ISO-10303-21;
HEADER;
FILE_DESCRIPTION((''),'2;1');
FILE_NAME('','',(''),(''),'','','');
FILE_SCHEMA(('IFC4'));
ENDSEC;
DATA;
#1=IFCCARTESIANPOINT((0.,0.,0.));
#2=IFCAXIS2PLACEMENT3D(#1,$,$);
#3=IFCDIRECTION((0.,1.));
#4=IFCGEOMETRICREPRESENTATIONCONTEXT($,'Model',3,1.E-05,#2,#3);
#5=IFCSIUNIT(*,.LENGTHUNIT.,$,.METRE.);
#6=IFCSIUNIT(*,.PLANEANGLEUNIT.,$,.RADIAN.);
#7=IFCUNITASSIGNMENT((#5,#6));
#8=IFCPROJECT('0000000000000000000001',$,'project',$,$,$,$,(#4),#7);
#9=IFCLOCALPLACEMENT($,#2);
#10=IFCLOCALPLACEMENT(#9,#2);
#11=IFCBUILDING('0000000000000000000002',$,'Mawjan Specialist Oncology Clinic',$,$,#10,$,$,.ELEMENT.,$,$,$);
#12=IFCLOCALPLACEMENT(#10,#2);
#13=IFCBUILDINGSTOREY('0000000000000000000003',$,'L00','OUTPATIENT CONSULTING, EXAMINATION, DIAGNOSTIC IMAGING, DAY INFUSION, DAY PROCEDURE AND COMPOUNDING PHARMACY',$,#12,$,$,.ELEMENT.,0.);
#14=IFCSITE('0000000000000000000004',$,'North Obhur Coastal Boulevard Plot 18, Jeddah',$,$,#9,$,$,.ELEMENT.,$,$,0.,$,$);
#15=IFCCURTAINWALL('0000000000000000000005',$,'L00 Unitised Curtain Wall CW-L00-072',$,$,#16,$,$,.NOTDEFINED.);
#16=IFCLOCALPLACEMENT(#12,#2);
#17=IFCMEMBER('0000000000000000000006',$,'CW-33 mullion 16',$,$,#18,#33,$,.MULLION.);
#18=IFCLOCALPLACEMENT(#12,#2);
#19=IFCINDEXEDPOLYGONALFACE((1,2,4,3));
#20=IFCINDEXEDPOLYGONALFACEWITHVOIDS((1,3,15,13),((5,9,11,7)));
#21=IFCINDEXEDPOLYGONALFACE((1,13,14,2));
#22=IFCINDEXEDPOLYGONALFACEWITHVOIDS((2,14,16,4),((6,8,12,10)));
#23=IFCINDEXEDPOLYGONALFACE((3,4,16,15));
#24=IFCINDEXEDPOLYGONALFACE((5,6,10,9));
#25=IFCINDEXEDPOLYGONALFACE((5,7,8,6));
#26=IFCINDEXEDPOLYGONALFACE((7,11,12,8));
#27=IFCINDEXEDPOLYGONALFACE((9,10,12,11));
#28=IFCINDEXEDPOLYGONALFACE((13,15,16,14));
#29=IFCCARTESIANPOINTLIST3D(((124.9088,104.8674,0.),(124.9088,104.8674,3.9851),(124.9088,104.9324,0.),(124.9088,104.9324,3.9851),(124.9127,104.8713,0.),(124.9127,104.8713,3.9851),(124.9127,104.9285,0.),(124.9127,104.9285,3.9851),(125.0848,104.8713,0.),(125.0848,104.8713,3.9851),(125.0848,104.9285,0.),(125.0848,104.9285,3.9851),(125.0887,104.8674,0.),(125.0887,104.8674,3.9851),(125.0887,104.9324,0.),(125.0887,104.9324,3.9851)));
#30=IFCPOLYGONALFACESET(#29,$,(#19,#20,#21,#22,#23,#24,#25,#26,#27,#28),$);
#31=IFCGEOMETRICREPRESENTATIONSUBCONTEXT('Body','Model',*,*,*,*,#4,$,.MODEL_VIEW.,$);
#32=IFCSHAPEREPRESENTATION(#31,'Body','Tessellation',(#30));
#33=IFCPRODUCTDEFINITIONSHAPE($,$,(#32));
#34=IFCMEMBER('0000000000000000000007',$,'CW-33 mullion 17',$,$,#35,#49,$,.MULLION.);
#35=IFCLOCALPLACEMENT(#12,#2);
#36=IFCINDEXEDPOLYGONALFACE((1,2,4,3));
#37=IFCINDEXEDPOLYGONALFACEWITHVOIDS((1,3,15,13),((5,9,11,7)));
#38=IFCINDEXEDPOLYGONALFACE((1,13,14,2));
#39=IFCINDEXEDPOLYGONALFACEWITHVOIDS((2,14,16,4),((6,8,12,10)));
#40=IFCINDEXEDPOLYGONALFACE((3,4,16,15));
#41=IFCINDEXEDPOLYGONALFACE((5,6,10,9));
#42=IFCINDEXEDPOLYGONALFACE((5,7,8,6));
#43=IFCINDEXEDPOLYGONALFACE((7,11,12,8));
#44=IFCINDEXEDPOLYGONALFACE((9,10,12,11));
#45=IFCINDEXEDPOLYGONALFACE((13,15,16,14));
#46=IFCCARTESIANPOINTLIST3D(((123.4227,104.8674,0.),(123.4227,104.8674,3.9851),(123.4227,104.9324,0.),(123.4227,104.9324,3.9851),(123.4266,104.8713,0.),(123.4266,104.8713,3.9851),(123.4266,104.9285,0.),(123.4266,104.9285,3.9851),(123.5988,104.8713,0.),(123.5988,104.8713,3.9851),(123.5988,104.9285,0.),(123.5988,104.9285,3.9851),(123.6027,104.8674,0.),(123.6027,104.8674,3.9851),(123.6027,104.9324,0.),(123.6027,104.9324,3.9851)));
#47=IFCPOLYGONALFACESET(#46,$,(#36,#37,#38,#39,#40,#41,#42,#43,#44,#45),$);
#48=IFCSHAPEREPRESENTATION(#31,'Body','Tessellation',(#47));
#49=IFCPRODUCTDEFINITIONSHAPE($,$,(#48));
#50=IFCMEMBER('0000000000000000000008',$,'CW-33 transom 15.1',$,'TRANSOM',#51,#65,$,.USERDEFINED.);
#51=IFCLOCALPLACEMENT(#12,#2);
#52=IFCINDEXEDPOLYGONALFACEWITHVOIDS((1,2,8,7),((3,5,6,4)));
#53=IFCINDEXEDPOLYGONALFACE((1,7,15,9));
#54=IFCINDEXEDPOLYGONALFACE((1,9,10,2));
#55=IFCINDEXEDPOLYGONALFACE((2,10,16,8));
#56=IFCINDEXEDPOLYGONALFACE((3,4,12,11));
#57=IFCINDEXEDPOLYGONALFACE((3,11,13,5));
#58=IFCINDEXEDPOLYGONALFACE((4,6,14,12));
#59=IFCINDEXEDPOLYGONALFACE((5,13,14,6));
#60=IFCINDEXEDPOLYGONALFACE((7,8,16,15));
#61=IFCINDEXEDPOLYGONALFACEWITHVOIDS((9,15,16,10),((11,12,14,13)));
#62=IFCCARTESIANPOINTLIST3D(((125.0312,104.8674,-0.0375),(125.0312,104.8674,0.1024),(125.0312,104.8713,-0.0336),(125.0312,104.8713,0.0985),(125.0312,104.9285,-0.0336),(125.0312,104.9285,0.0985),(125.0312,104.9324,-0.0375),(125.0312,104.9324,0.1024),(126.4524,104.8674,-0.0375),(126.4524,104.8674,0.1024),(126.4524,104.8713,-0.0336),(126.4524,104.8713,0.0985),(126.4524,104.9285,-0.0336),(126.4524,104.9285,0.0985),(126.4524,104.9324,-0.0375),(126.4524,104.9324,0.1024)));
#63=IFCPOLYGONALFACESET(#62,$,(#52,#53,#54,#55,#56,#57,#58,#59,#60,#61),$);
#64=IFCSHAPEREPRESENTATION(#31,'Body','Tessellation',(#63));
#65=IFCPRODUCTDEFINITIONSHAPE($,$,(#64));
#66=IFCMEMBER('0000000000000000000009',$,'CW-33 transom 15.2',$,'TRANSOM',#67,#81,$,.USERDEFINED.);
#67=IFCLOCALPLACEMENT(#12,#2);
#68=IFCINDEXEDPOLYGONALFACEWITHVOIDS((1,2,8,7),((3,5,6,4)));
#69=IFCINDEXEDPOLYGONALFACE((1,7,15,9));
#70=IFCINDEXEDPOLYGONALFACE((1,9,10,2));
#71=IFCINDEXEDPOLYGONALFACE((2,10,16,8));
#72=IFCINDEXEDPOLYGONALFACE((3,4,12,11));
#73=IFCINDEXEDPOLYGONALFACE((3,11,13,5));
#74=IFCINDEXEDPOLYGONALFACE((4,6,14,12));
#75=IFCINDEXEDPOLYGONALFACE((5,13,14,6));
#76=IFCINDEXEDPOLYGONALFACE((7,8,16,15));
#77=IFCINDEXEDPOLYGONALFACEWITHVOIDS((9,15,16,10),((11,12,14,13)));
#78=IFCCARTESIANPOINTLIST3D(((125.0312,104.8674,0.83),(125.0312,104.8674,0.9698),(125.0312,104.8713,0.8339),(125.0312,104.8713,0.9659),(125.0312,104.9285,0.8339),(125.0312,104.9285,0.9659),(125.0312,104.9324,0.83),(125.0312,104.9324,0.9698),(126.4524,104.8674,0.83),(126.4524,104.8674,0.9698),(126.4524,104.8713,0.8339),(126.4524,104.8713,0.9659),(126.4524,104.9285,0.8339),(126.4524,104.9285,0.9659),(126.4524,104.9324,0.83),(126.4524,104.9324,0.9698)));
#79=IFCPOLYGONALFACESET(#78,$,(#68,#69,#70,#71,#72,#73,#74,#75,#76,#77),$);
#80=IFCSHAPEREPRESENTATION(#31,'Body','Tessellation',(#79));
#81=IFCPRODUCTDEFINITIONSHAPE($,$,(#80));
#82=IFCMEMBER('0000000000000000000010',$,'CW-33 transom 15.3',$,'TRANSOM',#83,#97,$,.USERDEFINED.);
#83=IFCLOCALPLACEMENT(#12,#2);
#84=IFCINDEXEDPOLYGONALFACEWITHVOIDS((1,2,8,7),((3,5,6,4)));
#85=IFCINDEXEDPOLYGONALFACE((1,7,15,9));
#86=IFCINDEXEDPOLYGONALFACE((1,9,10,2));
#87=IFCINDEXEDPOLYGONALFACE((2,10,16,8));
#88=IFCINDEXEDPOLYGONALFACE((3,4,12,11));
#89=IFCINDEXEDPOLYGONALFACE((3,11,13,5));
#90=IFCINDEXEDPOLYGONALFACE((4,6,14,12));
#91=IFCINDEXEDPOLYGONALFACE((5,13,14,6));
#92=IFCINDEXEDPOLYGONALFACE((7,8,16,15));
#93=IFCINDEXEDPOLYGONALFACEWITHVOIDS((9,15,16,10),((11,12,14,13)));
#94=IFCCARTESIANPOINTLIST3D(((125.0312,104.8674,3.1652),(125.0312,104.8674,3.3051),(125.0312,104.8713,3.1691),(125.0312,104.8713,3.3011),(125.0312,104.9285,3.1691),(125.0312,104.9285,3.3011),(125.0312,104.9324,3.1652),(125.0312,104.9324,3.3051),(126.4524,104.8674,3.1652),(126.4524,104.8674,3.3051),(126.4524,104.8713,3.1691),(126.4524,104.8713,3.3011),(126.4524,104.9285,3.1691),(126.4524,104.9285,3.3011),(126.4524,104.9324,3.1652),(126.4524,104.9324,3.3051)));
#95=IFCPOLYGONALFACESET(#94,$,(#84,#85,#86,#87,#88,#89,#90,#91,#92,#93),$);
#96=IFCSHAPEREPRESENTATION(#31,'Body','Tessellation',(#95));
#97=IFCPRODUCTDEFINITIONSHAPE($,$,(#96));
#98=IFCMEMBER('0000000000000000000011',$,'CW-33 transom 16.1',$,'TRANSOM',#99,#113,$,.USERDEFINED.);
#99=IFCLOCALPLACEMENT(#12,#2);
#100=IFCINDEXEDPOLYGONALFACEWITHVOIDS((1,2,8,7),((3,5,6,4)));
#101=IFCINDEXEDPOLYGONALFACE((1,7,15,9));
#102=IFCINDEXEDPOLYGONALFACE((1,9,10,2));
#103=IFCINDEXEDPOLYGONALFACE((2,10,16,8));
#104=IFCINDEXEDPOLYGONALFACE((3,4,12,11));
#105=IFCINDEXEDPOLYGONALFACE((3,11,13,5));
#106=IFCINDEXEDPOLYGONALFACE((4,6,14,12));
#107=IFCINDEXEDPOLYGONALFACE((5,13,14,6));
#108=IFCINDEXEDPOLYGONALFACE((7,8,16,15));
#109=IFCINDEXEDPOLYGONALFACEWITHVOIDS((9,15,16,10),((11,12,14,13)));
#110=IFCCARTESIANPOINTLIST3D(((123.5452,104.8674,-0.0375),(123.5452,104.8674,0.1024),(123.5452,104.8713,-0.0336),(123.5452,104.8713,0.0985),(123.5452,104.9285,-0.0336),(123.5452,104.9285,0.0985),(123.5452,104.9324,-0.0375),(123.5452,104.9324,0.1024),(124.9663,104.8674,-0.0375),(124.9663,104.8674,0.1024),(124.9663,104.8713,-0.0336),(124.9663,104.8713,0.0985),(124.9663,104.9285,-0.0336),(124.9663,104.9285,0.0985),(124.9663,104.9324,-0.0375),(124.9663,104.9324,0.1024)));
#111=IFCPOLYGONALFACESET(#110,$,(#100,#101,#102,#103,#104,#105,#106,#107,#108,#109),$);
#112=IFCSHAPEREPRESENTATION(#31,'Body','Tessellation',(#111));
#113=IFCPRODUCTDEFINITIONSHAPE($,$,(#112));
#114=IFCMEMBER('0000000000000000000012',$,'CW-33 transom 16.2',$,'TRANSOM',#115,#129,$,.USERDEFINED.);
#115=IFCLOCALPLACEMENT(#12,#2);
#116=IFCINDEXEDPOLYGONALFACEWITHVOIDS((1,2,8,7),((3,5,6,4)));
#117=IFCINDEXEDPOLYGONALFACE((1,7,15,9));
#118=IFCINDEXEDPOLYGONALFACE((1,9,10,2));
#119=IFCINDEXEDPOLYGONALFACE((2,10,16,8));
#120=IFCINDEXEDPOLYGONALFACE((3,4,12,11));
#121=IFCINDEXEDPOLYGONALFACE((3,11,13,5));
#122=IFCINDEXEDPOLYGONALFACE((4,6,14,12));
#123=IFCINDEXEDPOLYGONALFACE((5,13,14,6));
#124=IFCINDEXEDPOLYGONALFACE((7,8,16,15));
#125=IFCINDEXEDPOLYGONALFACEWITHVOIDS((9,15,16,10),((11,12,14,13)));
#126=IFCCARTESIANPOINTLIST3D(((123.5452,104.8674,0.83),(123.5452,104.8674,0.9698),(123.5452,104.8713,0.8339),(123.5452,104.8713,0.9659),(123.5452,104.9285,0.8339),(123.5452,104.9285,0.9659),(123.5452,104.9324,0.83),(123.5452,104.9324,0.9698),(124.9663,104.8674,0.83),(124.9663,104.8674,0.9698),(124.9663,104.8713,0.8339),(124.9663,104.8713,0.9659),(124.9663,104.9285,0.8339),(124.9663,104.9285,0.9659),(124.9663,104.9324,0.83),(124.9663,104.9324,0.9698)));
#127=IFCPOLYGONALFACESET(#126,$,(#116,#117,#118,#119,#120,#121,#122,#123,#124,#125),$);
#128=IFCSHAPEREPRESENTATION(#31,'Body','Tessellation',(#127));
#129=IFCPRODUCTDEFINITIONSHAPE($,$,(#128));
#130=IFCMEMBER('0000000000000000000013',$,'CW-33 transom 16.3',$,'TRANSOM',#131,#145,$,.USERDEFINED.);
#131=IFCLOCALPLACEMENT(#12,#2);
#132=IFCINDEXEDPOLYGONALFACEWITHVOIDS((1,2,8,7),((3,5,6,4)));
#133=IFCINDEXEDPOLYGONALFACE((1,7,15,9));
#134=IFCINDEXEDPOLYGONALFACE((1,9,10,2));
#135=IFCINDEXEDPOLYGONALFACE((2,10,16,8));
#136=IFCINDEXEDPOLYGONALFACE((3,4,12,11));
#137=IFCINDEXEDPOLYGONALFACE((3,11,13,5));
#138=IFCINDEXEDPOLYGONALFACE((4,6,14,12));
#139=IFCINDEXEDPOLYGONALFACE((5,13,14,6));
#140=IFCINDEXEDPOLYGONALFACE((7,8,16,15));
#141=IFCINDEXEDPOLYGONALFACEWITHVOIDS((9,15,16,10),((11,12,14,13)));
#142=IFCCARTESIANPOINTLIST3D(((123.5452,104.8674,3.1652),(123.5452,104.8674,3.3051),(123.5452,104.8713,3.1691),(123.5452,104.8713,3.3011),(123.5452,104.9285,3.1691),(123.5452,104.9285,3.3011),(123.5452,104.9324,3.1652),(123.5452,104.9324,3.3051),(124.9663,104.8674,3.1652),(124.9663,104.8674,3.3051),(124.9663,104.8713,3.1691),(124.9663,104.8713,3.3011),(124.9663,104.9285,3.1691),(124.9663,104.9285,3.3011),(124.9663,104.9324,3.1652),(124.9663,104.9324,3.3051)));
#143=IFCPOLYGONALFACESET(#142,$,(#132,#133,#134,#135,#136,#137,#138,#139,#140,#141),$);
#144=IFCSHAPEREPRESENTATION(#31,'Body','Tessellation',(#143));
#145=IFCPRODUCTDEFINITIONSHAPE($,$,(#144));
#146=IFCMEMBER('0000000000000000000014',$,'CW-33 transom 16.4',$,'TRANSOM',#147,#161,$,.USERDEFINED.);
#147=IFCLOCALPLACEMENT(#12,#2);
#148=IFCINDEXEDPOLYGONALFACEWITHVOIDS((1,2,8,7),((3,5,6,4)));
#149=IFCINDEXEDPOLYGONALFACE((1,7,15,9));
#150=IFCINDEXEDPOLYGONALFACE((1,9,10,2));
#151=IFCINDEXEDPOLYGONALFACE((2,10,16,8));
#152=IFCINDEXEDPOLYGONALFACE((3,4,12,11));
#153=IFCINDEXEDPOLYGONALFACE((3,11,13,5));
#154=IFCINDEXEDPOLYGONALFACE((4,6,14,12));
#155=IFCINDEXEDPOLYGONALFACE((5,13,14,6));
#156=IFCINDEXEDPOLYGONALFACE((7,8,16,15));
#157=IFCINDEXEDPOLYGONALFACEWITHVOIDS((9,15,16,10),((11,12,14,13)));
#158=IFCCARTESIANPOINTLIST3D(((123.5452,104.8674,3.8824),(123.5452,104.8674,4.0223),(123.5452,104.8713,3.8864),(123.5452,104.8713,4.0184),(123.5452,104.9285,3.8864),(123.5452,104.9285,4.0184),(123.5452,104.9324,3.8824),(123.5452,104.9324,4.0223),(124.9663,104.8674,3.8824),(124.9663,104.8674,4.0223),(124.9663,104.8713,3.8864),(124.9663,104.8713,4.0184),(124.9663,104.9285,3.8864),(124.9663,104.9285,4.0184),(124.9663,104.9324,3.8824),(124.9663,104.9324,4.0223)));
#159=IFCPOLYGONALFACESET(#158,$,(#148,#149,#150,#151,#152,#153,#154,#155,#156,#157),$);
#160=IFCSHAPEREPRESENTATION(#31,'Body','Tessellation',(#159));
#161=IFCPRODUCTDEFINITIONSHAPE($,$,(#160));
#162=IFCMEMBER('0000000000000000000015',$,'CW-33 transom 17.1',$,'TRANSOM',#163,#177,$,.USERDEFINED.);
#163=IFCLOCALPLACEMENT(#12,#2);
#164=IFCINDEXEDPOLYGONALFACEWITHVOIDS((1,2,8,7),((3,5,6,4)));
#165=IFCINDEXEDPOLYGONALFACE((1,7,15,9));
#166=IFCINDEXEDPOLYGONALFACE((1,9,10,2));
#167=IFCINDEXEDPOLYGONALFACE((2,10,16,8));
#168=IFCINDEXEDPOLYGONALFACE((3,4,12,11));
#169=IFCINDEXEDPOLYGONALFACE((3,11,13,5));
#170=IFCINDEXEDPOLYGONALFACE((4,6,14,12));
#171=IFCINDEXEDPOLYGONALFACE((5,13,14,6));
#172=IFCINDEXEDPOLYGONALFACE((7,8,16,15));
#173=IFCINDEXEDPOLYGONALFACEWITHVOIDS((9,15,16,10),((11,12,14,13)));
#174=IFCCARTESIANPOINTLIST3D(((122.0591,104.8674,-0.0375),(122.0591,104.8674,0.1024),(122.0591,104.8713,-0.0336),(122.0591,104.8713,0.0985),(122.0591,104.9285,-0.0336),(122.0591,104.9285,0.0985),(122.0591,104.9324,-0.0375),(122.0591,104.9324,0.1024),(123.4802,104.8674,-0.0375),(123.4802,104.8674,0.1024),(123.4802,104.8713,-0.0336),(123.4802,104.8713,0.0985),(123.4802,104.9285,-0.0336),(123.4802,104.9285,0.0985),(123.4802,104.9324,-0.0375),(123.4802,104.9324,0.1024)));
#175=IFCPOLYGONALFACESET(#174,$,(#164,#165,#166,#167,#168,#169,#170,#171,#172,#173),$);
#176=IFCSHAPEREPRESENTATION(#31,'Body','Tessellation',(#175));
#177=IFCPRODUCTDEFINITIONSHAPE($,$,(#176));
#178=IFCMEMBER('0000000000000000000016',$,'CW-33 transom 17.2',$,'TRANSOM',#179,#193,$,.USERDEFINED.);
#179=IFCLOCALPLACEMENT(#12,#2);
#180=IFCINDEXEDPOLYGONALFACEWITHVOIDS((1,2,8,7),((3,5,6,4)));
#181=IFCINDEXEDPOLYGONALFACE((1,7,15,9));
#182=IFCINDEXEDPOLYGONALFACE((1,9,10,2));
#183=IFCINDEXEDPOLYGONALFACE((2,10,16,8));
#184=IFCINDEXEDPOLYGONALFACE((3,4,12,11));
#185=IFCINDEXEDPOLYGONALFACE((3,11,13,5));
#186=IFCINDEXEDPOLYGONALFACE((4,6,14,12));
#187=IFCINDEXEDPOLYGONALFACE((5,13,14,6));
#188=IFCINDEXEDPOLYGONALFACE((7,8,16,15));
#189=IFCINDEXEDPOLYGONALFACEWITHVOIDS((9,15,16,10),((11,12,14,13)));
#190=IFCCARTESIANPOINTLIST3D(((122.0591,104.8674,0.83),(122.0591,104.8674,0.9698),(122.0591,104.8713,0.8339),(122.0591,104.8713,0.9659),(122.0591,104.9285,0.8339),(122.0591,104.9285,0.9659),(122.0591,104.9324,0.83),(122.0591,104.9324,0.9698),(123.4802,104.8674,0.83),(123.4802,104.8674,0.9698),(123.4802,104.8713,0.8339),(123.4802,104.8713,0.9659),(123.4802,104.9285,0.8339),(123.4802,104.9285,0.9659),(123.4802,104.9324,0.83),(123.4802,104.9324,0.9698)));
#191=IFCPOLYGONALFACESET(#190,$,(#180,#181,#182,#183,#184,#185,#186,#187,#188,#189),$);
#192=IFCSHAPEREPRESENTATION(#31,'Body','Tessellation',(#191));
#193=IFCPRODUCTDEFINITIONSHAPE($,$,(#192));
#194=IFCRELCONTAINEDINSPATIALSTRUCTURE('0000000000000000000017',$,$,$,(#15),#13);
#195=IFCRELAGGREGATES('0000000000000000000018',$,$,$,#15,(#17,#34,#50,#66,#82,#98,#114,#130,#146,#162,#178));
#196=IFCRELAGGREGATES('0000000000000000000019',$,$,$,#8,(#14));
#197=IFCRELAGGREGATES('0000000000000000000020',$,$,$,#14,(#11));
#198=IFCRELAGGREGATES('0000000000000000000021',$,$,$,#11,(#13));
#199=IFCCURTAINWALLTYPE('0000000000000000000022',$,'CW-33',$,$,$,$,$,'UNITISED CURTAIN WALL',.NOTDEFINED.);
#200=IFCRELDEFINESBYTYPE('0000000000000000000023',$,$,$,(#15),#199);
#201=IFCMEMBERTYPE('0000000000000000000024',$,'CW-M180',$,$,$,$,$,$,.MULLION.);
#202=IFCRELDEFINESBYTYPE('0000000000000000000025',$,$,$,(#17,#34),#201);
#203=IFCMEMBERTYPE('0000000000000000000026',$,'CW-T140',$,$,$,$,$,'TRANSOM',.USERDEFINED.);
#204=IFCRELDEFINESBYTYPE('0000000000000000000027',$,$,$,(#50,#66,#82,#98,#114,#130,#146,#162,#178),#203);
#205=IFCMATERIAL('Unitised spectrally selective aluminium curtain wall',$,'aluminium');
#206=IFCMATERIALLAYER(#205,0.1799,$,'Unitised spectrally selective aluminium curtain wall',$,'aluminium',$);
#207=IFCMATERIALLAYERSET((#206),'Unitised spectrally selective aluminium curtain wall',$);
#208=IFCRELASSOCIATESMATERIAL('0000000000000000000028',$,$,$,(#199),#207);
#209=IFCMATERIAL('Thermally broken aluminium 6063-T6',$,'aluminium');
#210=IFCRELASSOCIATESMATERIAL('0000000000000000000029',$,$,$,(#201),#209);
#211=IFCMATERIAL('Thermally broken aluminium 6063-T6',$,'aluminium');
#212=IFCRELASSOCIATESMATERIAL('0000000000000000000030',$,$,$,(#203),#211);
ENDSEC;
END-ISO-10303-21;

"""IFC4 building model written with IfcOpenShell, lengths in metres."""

from ifc_helpers import new_model, si_unit, direction, frame, origin, origin_2d, place, context, subcontext, project, spatial, hollow_rectangle, extrude, material, layer, layer_set, material_profile, profile_set, type_object, element, aggregate, save


model = new_model("IFC4")

# Units and contexts
model_context = context("Model", 3, precision=1e-05, world=origin(), true_north=direction((0.0, 1.0)))
body_context = subcontext(model_context, "Body", "Model", "MODEL_VIEW")
ifc_project = project(units=[si_unit("LENGTHUNIT", "METRE"), si_unit("PLANEANGLEUNIT", "RADIAN")], contexts=[model_context])

# Site, building, storey
site_placement = place(None, origin())
site = spatial("IfcSite", under=ifc_project, at=site_placement, Name="North Obhur Coastal Boulevard Plot 18, Jeddah", CompositionType="ELEMENT", RefElevation=0.0)
building_placement = place(site_placement, origin())
building = spatial("IfcBuilding", under=site, at=building_placement, Name="Mawjan Specialist Oncology Clinic", CompositionType="ELEMENT")
storey_placement = place(building_placement, origin())
storey = spatial("IfcBuildingStorey", under=building, at=storey_placement, Name="L00", Description="OUTPATIENT CONSULTING, EXAMINATION, DIAGNOSTIC IMAGING, DAY INFUSION, DAY PROCEDURE AND COMPOUNDING PHARMACY", CompositionType="ELEMENT", Elevation=0.0)

# Curtain wall, members
ifc_material_1 = material(Name="Unitised spectrally selective aluminium curtain wall", Category="aluminium")
ifc_layer_1 = layer(ifc_material_1, 0.1799, Name="Unitised spectrally selective aluminium curtain wall", Category="aluminium")
ifc_layer_set_1 = layer_set([ifc_layer_1], Name="Unitised spectrally selective aluminium curtain wall")
curtain_wall_type = type_object("IfcCurtainWallType", Name="CW-33", ElementType="UNITISED CURTAIN WALL", PredefinedType="NOTDEFINED", material=ifc_layer_set_1)
curtain_wall_placement = place(storey_placement, origin())
curtain_wall = element("IfcCurtainWall", 1, at=curtain_wall_placement, inside=storey, type_object=curtain_wall_type, Name="L00 Unitised Curtain Wall CW-L00-072", PredefinedType="NOTDEFINED")
ifc_material_2 = material(Name="Thermally broken aluminium 6063-T6", Category="aluminium")
ifc_material_profile_1 = material_profile(ifc_material_2, hollow_rectangle(XDim=0.0649, YDim=0.1799, WallThickness=0.0039, at=origin_2d()), Name="ALU MULLION 180x65x4", Category="aluminium")
ifc_profile_set_1 = profile_set([ifc_material_profile_1], Name="Thermally broken aluminium 6063-T6")
member_type_1 = type_object("IfcMemberType", Name="CW-M180", PredefinedType="MULLION", material=ifc_profile_set_1)
member_1_placement = place(storey_placement, frame((124.9988, 104.8999, 0.0), z_axis=(0.0, 0.0, 1.0), x_axis=(0.0, -1.0, 0.0)))
member_1 = element("IfcMember", 2, at=member_1_placement, type_object=member_type_1, Name="CW-33 mullion 16", PredefinedType="MULLION", context=body_context, shape_type="SweptSolid", body=[
    extrude(hollow_rectangle(XDim=0.0649, YDim=0.1799, WallThickness=0.0039, at=origin_2d()), origin(), (0.0, 0.0, 1.0), 3.9851),
])
member_2_placement = place(storey_placement, frame((123.5127, 104.8999, 0.0), z_axis=(0.0, 0.0, 1.0), x_axis=(0.0, -1.0, 0.0)))
member_2 = element("IfcMember", 3, at=member_2_placement, type_object=member_type_1, Name="CW-33 mullion 17", PredefinedType="MULLION", context=body_context, shape_type="SweptSolid", body=[
    extrude(hollow_rectangle(XDim=0.0649, YDim=0.1799, WallThickness=0.0039, at=origin_2d()), origin(), (0.0, 0.0, 1.0), 3.9851),
])
ifc_material_3 = material(Name="Thermally broken aluminium 6063-T6", Category="aluminium")
ifc_material_profile_2 = material_profile(ifc_material_3, hollow_rectangle(XDim=0.0649, YDim=0.1399, WallThickness=0.0039, at=origin_2d()), Name="ALU TRANSOM 140x65x4", Category="aluminium")
ifc_profile_set_2 = profile_set([ifc_material_profile_2], Name="Thermally broken aluminium 6063-T6")
member_type_2 = type_object("IfcMemberType", Name="CW-T140", ElementType="TRANSOM", PredefinedType="USERDEFINED", material=ifc_profile_set_2)
member_3_placement = place(storey_placement, frame((126.4524, 104.8999, 0.0325), z_axis=(-1.0, 0.0, 0.0), x_axis=(0.0, -1.0, 0.0)))
member_3 = element("IfcMember", 4, at=member_3_placement, type_object=member_type_2, Name="CW-33 transom 15.1", ObjectType="TRANSOM", PredefinedType="USERDEFINED", context=body_context, shape_type="SweptSolid", body=[
    extrude(hollow_rectangle(XDim=0.0649, YDim=0.1399, WallThickness=0.0039, at=origin_2d()), origin(), (0.0, 0.0, 1.0), 1.4211),
])
member_4_placement = place(storey_placement, frame((126.4524, 104.8999, 0.8999), z_axis=(-1.0, 0.0, 0.0), x_axis=(0.0, -1.0, 0.0)))
member_4 = element("IfcMember", 5, at=member_4_placement, type_object=member_type_2, Name="CW-33 transom 15.2", ObjectType="TRANSOM", PredefinedType="USERDEFINED", context=body_context, shape_type="SweptSolid", body=[
    extrude(hollow_rectangle(XDim=0.0649, YDim=0.1399, WallThickness=0.0039, at=origin_2d()), origin(), (0.0, 0.0, 1.0), 1.4211),
])
member_5_placement = place(storey_placement, frame((126.4524, 104.8999, 3.2351), z_axis=(-1.0, 0.0, 0.0), x_axis=(0.0, -1.0, 0.0)))
member_5 = element("IfcMember", 6, at=member_5_placement, type_object=member_type_2, Name="CW-33 transom 15.3", ObjectType="TRANSOM", PredefinedType="USERDEFINED", context=body_context, shape_type="SweptSolid", body=[
    extrude(hollow_rectangle(XDim=0.0649, YDim=0.1399, WallThickness=0.0039, at=origin_2d()), origin(), (0.0, 0.0, 1.0), 1.4211),
])
member_6_placement = place(storey_placement, frame((124.9663, 104.8999, 0.0325), z_axis=(-1.0, 0.0, 0.0), x_axis=(0.0, -1.0, 0.0)))
member_6 = element("IfcMember", 7, at=member_6_placement, type_object=member_type_2, Name="CW-33 transom 16.1", ObjectType="TRANSOM", PredefinedType="USERDEFINED", context=body_context, shape_type="SweptSolid", body=[
    extrude(hollow_rectangle(XDim=0.0649, YDim=0.1399, WallThickness=0.0039, at=origin_2d()), origin(), (0.0, 0.0, 1.0), 1.4211),
])
member_7_placement = place(storey_placement, frame((124.9663, 104.8999, 0.8999), z_axis=(-1.0, 0.0, 0.0), x_axis=(0.0, -1.0, 0.0)))
member_7 = element("IfcMember", 8, at=member_7_placement, type_object=member_type_2, Name="CW-33 transom 16.2", ObjectType="TRANSOM", PredefinedType="USERDEFINED", context=body_context, shape_type="SweptSolid", body=[
    extrude(hollow_rectangle(XDim=0.0649, YDim=0.1399, WallThickness=0.0039, at=origin_2d()), origin(), (0.0, 0.0, 1.0), 1.4211),
])
member_8_placement = place(storey_placement, frame((124.9663, 104.8999, 3.2351), z_axis=(-1.0, 0.0, 0.0), x_axis=(0.0, -1.0, 0.0)))
member_8 = element("IfcMember", 9, at=member_8_placement, type_object=member_type_2, Name="CW-33 transom 16.3", ObjectType="TRANSOM", PredefinedType="USERDEFINED", context=body_context, shape_type="SweptSolid", body=[
    extrude(hollow_rectangle(XDim=0.0649, YDim=0.1399, WallThickness=0.0039, at=origin_2d()), origin(), (0.0, 0.0, 1.0), 1.4211),
])
member_9_placement = place(storey_placement, frame((124.9663, 104.8999, 3.9524), z_axis=(-1.0, 0.0, 0.0), x_axis=(0.0, -1.0, 0.0)))
member_9 = element("IfcMember", 10, at=member_9_placement, type_object=member_type_2, Name="CW-33 transom 16.4", ObjectType="TRANSOM", PredefinedType="USERDEFINED", context=body_context, shape_type="SweptSolid", body=[
    extrude(hollow_rectangle(XDim=0.0649, YDim=0.1399, WallThickness=0.0039, at=origin_2d()), origin(), (0.0, 0.0, 1.0), 1.4211),
])
member_10_placement = place(storey_placement, frame((123.4802, 104.8999, 0.0325), z_axis=(-1.0, 0.0, 0.0), x_axis=(0.0, -1.0, 0.0)))
member_10 = element("IfcMember", 11, at=member_10_placement, type_object=member_type_2, Name="CW-33 transom 17.1", ObjectType="TRANSOM", PredefinedType="USERDEFINED", context=body_context, shape_type="SweptSolid", body=[
    extrude(hollow_rectangle(XDim=0.0649, YDim=0.1399, WallThickness=0.0039, at=origin_2d()), origin(), (0.0, 0.0, 1.0), 1.4211),
])
member_11_placement = place(storey_placement, frame((123.4802, 104.8999, 0.8999), z_axis=(-1.0, 0.0, 0.0), x_axis=(0.0, -1.0, 0.0)))
member_11 = element("IfcMember", 12, at=member_11_placement, type_object=member_type_2, Name="CW-33 transom 17.2", ObjectType="TRANSOM", PredefinedType="USERDEFINED", context=body_context, shape_type="SweptSolid", body=[
    extrude(hollow_rectangle(XDim=0.0649, YDim=0.1399, WallThickness=0.0039, at=origin_2d()), origin(), (0.0, 0.0, 1.0), 1.4211),
])
aggregate(curtain_wall, [member_1, member_2, member_3, member_4, member_5, member_6, member_7, member_8, member_9, member_10, member_11])

save(model, "model.ifc")
